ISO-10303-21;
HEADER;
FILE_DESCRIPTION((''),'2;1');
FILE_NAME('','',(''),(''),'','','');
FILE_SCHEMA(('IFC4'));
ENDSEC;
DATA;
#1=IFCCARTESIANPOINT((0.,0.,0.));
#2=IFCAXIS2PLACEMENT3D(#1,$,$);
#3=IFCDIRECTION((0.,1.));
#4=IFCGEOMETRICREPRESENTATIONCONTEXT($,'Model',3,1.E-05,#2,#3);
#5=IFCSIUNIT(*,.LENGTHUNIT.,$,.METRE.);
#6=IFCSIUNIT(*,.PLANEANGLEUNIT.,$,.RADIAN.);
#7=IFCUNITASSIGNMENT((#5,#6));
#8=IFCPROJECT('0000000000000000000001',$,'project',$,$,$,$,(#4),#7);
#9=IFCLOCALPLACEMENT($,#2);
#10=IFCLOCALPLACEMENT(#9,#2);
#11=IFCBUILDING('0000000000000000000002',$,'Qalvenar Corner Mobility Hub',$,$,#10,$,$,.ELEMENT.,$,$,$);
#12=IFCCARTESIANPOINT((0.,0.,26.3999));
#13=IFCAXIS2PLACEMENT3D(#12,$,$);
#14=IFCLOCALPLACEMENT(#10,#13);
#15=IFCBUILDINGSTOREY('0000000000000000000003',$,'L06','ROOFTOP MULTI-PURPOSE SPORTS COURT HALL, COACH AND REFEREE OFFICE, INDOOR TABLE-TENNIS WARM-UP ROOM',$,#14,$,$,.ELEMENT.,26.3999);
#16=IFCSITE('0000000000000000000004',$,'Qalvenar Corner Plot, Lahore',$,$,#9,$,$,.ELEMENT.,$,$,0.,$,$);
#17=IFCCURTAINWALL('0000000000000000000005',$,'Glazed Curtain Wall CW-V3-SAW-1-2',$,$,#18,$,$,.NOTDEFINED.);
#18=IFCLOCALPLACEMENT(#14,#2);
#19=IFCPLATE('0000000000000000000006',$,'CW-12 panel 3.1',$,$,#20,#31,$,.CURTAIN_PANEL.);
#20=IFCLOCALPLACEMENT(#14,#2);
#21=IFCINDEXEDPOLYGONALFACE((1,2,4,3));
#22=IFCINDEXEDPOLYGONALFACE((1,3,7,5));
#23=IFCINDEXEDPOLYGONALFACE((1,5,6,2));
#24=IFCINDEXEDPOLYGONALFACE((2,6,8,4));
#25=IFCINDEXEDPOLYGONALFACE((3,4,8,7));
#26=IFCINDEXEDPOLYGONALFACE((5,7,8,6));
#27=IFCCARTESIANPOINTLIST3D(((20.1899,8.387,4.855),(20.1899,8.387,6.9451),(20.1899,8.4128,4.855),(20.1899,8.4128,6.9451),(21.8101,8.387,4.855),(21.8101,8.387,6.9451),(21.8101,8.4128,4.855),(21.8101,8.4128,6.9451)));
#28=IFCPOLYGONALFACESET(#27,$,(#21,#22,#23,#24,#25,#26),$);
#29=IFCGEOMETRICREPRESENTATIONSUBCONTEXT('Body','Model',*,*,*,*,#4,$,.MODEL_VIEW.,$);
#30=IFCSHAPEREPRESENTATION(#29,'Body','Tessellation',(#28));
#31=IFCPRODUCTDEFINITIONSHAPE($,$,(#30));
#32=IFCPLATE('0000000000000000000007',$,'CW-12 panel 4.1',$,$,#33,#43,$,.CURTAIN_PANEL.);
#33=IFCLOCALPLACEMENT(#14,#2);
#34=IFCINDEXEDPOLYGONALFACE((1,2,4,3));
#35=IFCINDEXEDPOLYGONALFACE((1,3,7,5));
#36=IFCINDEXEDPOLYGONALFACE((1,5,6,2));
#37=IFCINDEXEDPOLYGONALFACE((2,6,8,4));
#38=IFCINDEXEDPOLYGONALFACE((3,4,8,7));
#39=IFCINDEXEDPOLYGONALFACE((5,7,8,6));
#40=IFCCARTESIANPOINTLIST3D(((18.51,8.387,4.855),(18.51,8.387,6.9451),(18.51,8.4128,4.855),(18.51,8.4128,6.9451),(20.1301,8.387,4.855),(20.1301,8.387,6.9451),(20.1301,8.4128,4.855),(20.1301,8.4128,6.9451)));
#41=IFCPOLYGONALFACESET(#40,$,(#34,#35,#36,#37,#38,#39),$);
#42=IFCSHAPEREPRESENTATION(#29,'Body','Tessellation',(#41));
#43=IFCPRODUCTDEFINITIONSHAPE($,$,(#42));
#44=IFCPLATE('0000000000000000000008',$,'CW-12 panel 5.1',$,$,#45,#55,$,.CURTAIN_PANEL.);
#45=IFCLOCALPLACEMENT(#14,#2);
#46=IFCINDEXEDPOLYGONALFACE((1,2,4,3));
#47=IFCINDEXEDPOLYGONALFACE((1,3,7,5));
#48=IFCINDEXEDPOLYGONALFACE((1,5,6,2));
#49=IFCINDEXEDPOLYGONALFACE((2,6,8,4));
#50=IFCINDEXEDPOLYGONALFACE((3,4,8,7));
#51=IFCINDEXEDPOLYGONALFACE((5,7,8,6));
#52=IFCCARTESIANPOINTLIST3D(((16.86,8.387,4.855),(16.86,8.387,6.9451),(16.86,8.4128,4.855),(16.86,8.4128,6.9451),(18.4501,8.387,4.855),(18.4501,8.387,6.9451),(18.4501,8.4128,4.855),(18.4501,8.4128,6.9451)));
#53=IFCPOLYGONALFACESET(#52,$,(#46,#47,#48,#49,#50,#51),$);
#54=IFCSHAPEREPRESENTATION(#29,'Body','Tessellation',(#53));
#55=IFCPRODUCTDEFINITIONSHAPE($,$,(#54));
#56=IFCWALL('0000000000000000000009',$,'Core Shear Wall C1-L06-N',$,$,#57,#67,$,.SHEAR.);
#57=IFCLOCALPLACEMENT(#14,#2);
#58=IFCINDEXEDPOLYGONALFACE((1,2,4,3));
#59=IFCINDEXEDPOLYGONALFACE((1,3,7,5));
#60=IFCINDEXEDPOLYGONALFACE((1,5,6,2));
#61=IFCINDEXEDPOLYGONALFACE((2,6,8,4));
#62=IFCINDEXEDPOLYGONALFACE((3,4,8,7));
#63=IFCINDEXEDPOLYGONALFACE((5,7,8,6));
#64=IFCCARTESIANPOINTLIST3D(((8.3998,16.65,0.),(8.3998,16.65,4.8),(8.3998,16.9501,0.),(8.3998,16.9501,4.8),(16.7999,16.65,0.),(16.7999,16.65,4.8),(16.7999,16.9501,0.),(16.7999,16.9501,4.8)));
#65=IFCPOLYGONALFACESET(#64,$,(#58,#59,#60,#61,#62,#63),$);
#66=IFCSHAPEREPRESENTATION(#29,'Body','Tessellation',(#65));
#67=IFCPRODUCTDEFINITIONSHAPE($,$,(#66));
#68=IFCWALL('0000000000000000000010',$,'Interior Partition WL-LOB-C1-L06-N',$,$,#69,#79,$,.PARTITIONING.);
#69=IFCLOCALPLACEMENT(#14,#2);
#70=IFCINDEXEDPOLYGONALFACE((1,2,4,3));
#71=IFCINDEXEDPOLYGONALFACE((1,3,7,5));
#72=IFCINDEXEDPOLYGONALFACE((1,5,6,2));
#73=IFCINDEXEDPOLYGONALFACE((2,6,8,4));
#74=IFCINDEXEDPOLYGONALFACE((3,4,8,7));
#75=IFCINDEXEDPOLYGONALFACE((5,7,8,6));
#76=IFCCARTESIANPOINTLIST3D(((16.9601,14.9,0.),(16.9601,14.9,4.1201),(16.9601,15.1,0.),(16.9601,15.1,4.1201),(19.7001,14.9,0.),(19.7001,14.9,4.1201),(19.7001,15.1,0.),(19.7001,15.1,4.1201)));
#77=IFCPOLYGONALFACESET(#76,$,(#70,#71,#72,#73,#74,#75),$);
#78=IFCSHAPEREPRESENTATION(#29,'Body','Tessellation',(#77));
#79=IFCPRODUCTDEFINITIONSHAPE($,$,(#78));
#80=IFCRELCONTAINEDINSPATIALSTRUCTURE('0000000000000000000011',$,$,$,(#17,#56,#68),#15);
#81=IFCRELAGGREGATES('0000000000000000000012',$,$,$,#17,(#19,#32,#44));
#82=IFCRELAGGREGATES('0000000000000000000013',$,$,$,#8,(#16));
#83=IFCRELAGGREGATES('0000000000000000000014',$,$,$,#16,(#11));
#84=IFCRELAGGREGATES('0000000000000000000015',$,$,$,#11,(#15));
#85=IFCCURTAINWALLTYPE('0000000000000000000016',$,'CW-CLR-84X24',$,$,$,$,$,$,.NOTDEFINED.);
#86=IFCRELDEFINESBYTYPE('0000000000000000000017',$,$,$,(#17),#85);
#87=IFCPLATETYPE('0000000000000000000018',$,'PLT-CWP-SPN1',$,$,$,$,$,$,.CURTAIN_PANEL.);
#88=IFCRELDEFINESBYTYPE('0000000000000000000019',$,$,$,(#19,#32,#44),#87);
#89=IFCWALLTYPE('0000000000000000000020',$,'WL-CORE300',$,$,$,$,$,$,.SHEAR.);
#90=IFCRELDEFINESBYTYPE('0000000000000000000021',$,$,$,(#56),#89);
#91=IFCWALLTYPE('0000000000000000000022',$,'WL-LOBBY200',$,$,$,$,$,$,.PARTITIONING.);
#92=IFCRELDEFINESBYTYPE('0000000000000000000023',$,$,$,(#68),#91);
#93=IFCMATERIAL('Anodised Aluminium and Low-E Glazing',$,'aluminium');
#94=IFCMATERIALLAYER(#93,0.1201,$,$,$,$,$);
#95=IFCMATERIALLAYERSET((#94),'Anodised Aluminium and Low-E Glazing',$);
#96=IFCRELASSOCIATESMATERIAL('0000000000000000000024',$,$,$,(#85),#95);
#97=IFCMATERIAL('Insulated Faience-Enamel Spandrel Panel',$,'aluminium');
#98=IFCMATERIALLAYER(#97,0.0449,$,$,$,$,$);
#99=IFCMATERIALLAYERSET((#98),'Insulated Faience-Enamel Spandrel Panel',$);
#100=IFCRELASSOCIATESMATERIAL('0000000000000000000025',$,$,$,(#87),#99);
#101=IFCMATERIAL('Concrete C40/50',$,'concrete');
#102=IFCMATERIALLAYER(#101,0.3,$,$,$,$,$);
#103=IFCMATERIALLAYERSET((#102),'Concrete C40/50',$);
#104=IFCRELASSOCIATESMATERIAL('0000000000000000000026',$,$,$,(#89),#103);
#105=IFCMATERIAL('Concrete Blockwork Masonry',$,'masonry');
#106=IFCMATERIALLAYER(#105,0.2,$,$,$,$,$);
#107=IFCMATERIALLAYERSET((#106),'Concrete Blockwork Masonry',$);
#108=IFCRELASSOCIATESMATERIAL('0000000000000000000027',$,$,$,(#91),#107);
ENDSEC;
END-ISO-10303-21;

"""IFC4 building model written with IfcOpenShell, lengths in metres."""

from ifc_helpers import new_model, si_unit, direction, frame, frame_2d, origin, origin_2d, place, context, subcontext, project, spatial, rectangle, extrude, material, layer, layer_set, type_object, element, aggregate, save


model = new_model("IFC4")

# Units and contexts
model_context = context("Model", 3, precision=1e-05, world=origin(), true_north=direction((0.0, 1.0)))
body_context = subcontext(model_context, "Body", "Model", "MODEL_VIEW")
ifc_project = project(units=[si_unit("LENGTHUNIT", "METRE"), si_unit("PLANEANGLEUNIT", "RADIAN")], contexts=[model_context])

# Site, building, storey
site_placement = place(None, origin())
site = spatial("IfcSite", under=ifc_project, at=site_placement, Name="Qalvenar Corner Plot, Lahore", CompositionType="ELEMENT", RefElevation=0.0)
building_placement = place(site_placement, origin())
building = spatial("IfcBuilding", under=site, at=building_placement, Name="Qalvenar Corner Mobility Hub", CompositionType="ELEMENT")
storey_placement = place(building_placement, frame((0.0, 0.0, 26.3999)))
storey = spatial("IfcBuildingStorey", under=building, at=storey_placement, Name="L06", Description="ROOFTOP MULTI-PURPOSE SPORTS COURT HALL, COACH AND REFEREE OFFICE, INDOOR TABLE-TENNIS WARM-UP ROOM", CompositionType="ELEMENT", Elevation=26.3999)

# Curtain wall
ifc_material_1 = material(Name="Anodised Aluminium and Low-E Glazing", Category="aluminium")
ifc_layer_1 = layer(ifc_material_1, 0.1201)
ifc_layer_set_1 = layer_set([ifc_layer_1], Name="Anodised Aluminium and Low-E Glazing")
curtain_wall_type = type_object("IfcCurtainWallType", Name="CW-CLR-84X24", PredefinedType="NOTDEFINED", material=ifc_layer_set_1)
curtain_wall_1_placement = place(storey_placement, origin())
curtain_wall_1 = element("IfcCurtainWall", 1, at=curtain_wall_1_placement, inside=storey, type_object=curtain_wall_type, Name="Glazed Curtain Wall CW-V3-SAW-1-2", PredefinedType="NOTDEFINED")

# Plates
ifc_material_2 = material(Name="Insulated Faience-Enamel Spandrel Panel", Category="aluminium")
ifc_layer_2 = layer(ifc_material_2, 0.0449)
ifc_layer_set_2 = layer_set([ifc_layer_2], Name="Insulated Faience-Enamel Spandrel Panel")
plate_type_1 = type_object("IfcPlateType", Name="PLT-CWP-SPN1", PredefinedType="CURTAIN_PANEL", material=ifc_layer_set_2)
plate_1_placement = place(storey_placement, frame((21.0, 8.3999, 4.855), z_axis=(0.0, 0.0, 1.0), x_axis=(-1.0, 0.0, 0.0)))
plate_1 = element("IfcPlate", 2, at=plate_1_placement, type_object=plate_type_1, Name="CW-12 panel 3.1", PredefinedType="CURTAIN_PANEL", context=body_context, shape_type="SweptSolid", body=[
    extrude(rectangle(XDim=1.6201, YDim=0.0259, at=origin_2d()), origin(), (0.0, 0.0, 1.0), 2.0901),
])
plate_2_placement = place(storey_placement, frame((19.3201, 8.3999, 4.855), z_axis=(0.0, 0.0, 1.0), x_axis=(-1.0, 0.0, 0.0)))
plate_2 = element("IfcPlate", 3, at=plate_2_placement, type_object=plate_type_1, Name="CW-12 panel 4.1", PredefinedType="CURTAIN_PANEL", context=body_context, shape_type="SweptSolid", body=[
    extrude(rectangle(XDim=1.6201, YDim=0.0259, at=origin_2d()), origin(), (0.0, 0.0, 1.0), 2.0901),
])
plate_3_placement = place(storey_placement, frame((17.655, 8.3999, 4.855), z_axis=(0.0, 0.0, 1.0), x_axis=(-1.0, 0.0, 0.0)))
plate_3 = element("IfcPlate", 4, at=plate_3_placement, type_object=plate_type_1, Name="CW-12 panel 5.1", PredefinedType="CURTAIN_PANEL", context=body_context, shape_type="SweptSolid", body=[
    extrude(rectangle(XDim=1.5901, YDim=0.0259, at=origin_2d()), origin(), (0.0, 0.0, 1.0), 2.0901),
])
aggregate(curtain_wall_1, [plate_1, plate_2, plate_3])

# Walls
ifc_material_3 = material(Name="Concrete C40/50", Category="concrete")
ifc_layer_3 = layer(ifc_material_3, 0.3)
ifc_layer_set_3 = layer_set([ifc_layer_3], Name="Concrete C40/50")
wall_type_1 = type_object("IfcWallType", Name="WL-CORE300", PredefinedType="SHEAR", material=ifc_layer_set_3)
wall_1_placement = place(storey_placement, frame((16.8, 16.8, 0.0), z_axis=(0.0, 0.0, 1.0), x_axis=(-1.0, 0.0, 0.0)))
element("IfcWall", 5, at=wall_1_placement, inside=storey, type_object=wall_type_1, Name="Core Shear Wall C1-L06-N", PredefinedType="SHEAR", context=body_context, shape_type="SweptSolid", body=[
    extrude(rectangle(XDim=8.4001, YDim=0.3, at=frame_2d((4.2002, 0.0))), origin(), (0.0, 0.0, 1.0), 4.8),
])
ifc_material_4 = material(Name="Concrete Blockwork Masonry", Category="masonry")
ifc_layer_4 = layer(ifc_material_4, 0.2)
ifc_layer_set_4 = layer_set([ifc_layer_4], Name="Concrete Blockwork Masonry")
wall_type_2 = type_object("IfcWallType", Name="WL-LOBBY200", PredefinedType="PARTITIONING", material=ifc_layer_set_4)
wall_2_placement = place(storey_placement, frame((16.96, 15.0, 0.0), z_axis=(0.0, 0.0, 1.0), x_axis=(1.0, 0.0, 0.0)))
element("IfcWall", 6, at=wall_2_placement, inside=storey, type_object=wall_type_2, Name="Interior Partition WL-LOB-C1-L06-N", PredefinedType="PARTITIONING", context=body_context, shape_type="SweptSolid", body=[
    extrude(rectangle(XDim=2.74, YDim=0.2, at=frame_2d((1.3701, 0.0))), origin(), (0.0, 0.0, 1.0), 4.1201),
])

save(model, "model.ifc")
